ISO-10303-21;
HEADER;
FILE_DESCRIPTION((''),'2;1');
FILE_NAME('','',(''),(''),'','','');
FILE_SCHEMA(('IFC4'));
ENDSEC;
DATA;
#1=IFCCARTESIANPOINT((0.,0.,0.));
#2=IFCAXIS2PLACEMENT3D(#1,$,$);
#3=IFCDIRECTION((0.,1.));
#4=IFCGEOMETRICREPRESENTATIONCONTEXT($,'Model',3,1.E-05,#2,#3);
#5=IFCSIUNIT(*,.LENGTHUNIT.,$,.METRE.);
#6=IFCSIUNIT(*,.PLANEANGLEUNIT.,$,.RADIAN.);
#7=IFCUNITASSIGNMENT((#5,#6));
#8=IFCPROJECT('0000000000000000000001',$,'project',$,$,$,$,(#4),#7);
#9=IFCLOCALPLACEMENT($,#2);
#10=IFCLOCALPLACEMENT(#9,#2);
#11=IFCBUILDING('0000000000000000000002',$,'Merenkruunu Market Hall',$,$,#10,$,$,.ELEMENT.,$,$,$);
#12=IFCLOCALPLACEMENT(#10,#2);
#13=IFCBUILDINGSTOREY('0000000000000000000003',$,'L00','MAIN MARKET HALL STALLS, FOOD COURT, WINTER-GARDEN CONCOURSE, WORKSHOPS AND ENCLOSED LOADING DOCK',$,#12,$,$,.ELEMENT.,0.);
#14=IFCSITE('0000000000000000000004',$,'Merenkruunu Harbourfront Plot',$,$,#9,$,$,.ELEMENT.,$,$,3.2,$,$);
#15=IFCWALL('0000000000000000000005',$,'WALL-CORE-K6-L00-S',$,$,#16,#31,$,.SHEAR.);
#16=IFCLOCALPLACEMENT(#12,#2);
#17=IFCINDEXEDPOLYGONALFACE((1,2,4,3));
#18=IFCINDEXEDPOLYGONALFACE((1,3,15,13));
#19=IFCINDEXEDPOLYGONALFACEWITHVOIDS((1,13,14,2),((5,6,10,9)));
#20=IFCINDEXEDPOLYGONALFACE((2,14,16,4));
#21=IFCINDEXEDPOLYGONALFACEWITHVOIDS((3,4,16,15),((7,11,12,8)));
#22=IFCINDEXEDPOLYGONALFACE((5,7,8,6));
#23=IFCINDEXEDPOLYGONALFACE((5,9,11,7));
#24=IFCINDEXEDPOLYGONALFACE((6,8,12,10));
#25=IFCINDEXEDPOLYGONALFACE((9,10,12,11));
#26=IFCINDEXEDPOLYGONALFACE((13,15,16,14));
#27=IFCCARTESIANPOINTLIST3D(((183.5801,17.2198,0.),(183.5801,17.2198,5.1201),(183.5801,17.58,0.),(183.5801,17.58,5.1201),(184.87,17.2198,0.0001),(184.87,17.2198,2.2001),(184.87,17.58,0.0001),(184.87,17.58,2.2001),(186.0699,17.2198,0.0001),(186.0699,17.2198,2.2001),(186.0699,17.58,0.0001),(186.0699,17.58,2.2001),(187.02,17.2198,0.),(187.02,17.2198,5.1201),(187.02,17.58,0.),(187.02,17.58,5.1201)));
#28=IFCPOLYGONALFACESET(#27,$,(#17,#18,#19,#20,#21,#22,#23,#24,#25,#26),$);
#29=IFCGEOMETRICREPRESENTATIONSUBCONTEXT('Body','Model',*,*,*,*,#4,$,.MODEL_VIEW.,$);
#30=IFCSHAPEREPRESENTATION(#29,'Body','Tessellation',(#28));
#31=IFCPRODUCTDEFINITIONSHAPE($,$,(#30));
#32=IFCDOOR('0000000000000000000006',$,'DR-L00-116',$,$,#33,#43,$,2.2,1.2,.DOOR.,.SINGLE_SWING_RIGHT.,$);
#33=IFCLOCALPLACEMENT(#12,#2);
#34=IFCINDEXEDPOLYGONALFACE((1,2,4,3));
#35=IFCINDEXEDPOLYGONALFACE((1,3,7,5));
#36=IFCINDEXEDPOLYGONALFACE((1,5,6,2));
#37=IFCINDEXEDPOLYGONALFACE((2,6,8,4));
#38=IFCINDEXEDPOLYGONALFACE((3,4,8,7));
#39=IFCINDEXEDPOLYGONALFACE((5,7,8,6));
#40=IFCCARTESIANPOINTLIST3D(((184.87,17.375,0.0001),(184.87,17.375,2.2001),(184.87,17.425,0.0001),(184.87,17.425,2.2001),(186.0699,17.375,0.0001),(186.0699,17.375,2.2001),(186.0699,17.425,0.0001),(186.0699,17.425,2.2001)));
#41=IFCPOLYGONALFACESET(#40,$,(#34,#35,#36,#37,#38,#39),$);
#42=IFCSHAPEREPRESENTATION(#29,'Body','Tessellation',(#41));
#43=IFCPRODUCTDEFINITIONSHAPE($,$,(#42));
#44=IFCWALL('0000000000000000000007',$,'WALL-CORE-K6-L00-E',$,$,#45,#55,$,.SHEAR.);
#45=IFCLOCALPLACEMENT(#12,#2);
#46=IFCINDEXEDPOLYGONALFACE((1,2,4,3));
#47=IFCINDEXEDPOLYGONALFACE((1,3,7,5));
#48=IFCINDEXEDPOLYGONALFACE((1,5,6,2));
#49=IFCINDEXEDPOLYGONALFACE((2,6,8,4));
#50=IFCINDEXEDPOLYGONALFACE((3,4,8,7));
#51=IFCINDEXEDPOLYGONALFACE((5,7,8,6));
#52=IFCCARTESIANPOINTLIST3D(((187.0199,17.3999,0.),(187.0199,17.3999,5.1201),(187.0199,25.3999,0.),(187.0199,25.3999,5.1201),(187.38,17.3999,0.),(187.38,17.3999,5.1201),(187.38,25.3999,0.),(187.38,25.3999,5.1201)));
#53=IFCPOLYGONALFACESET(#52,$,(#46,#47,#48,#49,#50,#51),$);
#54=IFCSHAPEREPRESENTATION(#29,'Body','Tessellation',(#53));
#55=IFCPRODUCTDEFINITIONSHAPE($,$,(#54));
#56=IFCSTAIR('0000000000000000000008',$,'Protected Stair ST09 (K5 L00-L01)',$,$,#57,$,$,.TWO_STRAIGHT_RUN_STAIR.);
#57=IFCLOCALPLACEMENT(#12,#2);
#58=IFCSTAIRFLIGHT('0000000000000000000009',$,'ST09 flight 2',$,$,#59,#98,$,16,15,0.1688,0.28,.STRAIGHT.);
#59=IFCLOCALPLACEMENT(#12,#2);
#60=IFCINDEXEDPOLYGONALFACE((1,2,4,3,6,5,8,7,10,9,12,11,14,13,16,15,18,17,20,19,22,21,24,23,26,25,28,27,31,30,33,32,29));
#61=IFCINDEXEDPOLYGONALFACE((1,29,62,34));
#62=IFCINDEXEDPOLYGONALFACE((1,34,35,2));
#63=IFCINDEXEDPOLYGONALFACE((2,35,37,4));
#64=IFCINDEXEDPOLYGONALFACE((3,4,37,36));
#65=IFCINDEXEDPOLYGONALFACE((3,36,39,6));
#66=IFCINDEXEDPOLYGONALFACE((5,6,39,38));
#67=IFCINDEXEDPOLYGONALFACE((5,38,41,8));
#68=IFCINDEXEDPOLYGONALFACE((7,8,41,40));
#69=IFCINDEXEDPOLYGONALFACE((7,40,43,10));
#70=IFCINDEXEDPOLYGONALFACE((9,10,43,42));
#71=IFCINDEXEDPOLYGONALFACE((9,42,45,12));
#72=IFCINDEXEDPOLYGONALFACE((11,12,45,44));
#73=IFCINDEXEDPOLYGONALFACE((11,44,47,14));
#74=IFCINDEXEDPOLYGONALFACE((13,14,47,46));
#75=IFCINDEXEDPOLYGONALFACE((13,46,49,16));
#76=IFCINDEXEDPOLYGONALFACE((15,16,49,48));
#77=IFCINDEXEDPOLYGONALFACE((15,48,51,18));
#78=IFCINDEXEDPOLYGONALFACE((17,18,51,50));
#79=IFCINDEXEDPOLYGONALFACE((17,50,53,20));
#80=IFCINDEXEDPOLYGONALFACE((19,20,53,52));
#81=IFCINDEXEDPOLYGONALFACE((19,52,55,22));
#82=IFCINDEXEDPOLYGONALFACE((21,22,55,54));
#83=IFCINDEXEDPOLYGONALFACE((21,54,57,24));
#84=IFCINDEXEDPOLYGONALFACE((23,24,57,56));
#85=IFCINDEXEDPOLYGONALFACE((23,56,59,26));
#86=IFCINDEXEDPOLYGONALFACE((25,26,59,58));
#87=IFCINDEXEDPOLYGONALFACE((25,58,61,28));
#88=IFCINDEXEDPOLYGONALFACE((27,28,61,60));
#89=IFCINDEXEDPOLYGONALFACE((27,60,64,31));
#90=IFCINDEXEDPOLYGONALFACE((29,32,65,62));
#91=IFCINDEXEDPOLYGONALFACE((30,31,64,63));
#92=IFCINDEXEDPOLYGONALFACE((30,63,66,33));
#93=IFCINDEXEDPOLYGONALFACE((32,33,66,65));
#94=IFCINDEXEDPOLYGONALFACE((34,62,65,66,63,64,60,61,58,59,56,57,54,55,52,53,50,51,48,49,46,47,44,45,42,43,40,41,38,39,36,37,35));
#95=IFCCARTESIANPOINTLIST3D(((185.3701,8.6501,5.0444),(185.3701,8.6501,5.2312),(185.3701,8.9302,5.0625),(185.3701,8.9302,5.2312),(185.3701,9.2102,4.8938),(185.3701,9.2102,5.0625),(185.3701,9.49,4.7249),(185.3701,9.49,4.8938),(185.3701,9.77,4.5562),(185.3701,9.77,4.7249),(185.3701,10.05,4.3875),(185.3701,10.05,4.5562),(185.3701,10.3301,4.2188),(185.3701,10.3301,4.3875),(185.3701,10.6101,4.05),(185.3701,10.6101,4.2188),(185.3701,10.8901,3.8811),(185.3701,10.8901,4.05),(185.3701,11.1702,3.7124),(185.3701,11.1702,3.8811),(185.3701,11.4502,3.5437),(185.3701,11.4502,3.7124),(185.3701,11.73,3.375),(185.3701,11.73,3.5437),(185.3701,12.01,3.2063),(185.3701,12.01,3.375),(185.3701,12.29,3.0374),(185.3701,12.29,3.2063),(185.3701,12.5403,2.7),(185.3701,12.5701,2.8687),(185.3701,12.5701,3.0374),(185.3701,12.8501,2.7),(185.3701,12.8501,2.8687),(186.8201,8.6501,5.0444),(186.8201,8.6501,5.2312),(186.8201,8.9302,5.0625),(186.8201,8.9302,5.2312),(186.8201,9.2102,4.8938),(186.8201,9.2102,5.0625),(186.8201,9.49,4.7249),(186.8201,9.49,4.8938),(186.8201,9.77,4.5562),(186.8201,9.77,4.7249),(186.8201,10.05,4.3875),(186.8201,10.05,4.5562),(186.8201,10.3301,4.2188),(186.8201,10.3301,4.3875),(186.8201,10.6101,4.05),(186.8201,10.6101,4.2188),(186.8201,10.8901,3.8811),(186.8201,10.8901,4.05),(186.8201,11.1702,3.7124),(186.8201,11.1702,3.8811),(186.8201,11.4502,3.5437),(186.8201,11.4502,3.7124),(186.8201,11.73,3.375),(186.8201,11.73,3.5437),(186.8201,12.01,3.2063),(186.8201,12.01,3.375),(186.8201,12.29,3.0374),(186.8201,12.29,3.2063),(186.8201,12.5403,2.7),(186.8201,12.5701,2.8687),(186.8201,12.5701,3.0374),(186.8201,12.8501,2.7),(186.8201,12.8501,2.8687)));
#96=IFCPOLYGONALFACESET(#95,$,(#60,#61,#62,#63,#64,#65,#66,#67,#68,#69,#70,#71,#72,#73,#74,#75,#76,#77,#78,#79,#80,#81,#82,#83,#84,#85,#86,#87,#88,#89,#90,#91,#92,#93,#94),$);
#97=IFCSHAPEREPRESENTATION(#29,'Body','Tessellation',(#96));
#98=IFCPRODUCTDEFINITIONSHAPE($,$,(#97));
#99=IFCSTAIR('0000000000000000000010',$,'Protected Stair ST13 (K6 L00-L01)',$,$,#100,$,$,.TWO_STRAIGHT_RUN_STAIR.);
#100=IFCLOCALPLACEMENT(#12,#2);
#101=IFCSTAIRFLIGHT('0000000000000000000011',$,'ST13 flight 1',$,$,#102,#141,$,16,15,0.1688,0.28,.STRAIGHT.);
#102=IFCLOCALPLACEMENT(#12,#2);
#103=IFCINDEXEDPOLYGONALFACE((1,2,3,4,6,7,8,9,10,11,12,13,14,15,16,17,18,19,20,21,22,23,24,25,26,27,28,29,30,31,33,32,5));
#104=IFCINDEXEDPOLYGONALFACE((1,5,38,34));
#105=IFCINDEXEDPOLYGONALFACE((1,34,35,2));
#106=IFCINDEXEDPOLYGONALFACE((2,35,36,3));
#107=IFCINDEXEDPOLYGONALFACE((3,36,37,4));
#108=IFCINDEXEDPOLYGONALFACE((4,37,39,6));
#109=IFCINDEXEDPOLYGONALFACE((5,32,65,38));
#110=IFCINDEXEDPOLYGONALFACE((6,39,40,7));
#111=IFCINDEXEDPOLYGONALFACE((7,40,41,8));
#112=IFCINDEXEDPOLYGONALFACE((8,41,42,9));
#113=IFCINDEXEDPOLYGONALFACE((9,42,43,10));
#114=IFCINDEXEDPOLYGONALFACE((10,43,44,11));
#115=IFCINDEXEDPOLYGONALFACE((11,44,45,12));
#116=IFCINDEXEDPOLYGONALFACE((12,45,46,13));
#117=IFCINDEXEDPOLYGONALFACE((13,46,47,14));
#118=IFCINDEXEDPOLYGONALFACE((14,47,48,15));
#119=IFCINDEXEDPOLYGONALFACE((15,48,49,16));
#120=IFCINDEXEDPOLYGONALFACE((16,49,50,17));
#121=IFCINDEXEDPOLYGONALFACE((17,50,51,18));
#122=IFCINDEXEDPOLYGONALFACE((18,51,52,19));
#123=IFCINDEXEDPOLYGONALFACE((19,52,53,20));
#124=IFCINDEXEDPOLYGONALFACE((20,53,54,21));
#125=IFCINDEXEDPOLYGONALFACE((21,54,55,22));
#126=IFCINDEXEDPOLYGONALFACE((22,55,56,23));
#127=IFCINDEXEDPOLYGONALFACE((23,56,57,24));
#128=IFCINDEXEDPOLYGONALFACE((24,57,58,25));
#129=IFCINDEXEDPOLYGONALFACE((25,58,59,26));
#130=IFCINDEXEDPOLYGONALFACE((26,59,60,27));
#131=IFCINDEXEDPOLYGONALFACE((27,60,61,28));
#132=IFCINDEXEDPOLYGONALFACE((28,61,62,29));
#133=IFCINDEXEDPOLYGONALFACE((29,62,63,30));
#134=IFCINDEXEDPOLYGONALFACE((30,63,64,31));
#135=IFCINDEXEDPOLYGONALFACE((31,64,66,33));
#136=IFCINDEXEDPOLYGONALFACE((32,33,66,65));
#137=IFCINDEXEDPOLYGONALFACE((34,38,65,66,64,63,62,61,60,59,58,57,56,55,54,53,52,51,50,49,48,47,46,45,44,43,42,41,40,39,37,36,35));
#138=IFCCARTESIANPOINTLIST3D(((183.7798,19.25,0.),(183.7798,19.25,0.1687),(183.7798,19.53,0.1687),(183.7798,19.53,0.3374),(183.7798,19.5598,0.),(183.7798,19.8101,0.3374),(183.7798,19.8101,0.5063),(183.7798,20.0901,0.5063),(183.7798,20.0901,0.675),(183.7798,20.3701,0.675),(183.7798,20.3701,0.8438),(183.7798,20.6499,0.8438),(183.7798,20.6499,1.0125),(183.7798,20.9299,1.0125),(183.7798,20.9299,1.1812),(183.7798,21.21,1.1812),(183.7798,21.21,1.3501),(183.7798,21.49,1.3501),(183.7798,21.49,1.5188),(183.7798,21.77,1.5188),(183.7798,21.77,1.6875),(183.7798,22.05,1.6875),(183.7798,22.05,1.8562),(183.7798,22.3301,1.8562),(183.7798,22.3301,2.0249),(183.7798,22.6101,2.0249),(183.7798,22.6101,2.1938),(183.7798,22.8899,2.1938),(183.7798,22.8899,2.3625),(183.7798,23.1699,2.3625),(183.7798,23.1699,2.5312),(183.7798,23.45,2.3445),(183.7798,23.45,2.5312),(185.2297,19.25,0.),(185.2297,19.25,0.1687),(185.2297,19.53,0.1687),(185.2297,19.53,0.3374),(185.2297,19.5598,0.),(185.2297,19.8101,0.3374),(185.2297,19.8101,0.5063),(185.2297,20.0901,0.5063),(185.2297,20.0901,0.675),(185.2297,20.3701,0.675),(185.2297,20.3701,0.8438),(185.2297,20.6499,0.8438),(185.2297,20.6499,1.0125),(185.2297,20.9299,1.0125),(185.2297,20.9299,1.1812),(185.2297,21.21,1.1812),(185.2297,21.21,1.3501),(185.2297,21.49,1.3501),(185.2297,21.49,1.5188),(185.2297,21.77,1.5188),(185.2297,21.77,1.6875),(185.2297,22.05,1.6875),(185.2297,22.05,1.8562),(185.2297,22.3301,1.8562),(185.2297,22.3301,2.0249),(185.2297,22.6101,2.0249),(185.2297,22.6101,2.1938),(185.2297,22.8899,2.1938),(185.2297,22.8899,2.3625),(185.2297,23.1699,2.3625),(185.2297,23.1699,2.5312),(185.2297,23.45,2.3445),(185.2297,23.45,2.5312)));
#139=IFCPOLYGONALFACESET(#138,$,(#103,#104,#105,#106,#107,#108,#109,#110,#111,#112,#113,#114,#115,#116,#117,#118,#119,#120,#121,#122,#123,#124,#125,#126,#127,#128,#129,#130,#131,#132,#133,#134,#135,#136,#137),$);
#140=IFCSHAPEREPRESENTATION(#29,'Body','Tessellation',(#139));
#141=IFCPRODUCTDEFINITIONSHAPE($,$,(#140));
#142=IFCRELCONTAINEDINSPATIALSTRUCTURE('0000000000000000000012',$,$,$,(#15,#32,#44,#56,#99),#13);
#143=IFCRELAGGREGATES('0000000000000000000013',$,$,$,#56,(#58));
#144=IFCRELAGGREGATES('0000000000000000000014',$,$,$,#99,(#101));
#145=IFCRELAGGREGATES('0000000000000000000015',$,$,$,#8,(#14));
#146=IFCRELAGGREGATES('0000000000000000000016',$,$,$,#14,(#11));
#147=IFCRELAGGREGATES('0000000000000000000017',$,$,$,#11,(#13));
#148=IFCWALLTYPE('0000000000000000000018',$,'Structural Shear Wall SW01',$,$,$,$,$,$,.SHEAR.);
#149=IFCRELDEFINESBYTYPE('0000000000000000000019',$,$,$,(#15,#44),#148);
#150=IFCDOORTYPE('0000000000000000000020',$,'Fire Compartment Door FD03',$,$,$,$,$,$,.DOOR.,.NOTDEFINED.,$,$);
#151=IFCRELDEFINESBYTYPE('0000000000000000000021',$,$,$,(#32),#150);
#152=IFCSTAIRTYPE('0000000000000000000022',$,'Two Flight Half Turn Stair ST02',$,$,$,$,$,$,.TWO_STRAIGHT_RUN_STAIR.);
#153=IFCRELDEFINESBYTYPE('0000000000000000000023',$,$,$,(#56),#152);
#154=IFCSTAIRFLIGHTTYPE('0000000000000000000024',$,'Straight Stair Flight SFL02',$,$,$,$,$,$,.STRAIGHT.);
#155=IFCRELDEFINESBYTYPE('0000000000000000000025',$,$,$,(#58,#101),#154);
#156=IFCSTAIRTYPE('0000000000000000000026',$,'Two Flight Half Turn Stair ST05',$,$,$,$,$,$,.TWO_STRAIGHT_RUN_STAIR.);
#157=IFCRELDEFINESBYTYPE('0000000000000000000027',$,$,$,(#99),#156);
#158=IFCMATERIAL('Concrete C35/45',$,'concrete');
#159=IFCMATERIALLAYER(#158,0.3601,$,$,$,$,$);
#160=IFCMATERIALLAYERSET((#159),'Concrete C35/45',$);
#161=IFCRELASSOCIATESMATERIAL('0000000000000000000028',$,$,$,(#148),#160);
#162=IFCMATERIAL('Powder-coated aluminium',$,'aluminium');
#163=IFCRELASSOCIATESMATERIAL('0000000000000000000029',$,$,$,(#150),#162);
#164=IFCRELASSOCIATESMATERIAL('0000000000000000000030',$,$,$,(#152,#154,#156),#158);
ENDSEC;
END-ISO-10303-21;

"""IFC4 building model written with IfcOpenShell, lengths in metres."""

from ifc_helpers import new_model, si_unit, direction, frame, frame_2d, origin, place, context, subcontext, project, spatial, polyline, rectangle, outline, extrude, material, layer, layer_set, type_object, element, fill, aggregate, save


model = new_model("IFC4")

# Units and contexts
model_context = context("Model", 3, precision=1e-05, world=origin(), true_north=direction((0.0, 1.0)))
body_context = subcontext(model_context, "Body", "Model", "MODEL_VIEW")
ifc_project = project(units=[si_unit("LENGTHUNIT", "METRE"), si_unit("PLANEANGLEUNIT", "RADIAN")], contexts=[model_context])

# Site, building, storey
site_placement = place(None, origin())
site = spatial("IfcSite", under=ifc_project, at=site_placement, Name="Merenkruunu Harbourfront Plot", CompositionType="ELEMENT", RefElevation=3.2)
building_placement = place(site_placement, origin())
building = spatial("IfcBuilding", under=site, at=building_placement, Name="Merenkruunu Market Hall", CompositionType="ELEMENT")
storey_placement = place(building_placement, origin())
storey = spatial("IfcBuildingStorey", under=building, at=storey_placement, Name="L00", Description="MAIN MARKET HALL STALLS, FOOD COURT, WINTER-GARDEN CONCOURSE, WORKSHOPS AND ENCLOSED LOADING DOCK", CompositionType="ELEMENT", Elevation=0.0)

# Shared definitions
ifc_material_1 = material(Name="Powder-coated aluminium", Category="aluminium")

# Shared definitions
ifc_material_2 = material(Name="Concrete C35/45", Category="concrete")
ifc_layer_1 = layer(ifc_material_2, 0.3601)
ifc_layer_set_1 = layer_set([ifc_layer_1], Name="Concrete C35/45")
wall_type_1 = type_object("IfcWallType", Name="Structural Shear Wall SW01", PredefinedType="SHEAR", material=ifc_layer_set_1)

# Wall, opening, door
wall_1_placement = place(storey_placement, frame((187.02, 17.3999, 0.0), z_axis=(0.0, 0.0, 1.0), x_axis=(-1.0, 0.0, 0.0)))
wall_1 = element("IfcWall", 1, at=wall_1_placement, inside=storey, type_object=wall_type_1, Name="WALL-CORE-K6-L00-S", PredefinedType="SHEAR", context=body_context, shape_type="SweptSolid", body=[
    extrude(rectangle(XDim=3.4399, YDim=0.3601, at=frame_2d((1.72, 0.0))), origin(), (0.0, 0.0, 1.0), 5.1201),
])
opening_1_placement = place(wall_1_placement, frame((0.95, 0.0, 0.0)))
opening_1 = element("IfcOpeningElement", 2, at=opening_1_placement, cuts=wall_1, PredefinedType="OPENING", context=body_context, shape_type="SweptSolid", body=[
    extrude(rectangle(XDim=1.2, YDim=2.2, at=frame_2d((0.6001, 1.1001))), frame((0.0, 0.1899, 0.0), z_axis=(0.0, -1.0, 0.0), x_axis=(1.0, 0.0, 0.0)), (0.0, 0.0, 1.0), 0.3801),
])
door_type_1 = type_object("IfcDoorType", Name="Fire Compartment Door FD03", OperationType="NOTDEFINED", PredefinedType="DOOR", material=ifc_material_1)
door_1_placement = place(opening_1_placement, origin())
door_1 = element("IfcDoor", 3, at=door_1_placement, inside=storey, type_object=door_type_1, Name="DR-L00-116", OperationType="SINGLE_SWING_RIGHT", OverallHeight=2.2, OverallWidth=1.2, PredefinedType="DOOR", context=body_context, shape_type="SweptSolid", body=[
    extrude(rectangle(XDim=1.2, YDim=2.2, at=frame_2d((0.6001, 1.1001))), frame((0.0, 0.0249, 0.0), z_axis=(0.0, -1.0, 0.0), x_axis=(1.0, 0.0, 0.0)), (0.0, 0.0, 1.0), 0.05),
])
fill(opening_1, door_1)

# Wall
wall_2_placement = place(storey_placement, frame((187.2, 17.3999, 0.0), z_axis=(0.0, 0.0, 1.0), x_axis=(0.0, 1.0, 0.0)))
element("IfcWall", 4, at=wall_2_placement, inside=storey, type_object=wall_type_1, Name="WALL-CORE-K6-L00-E", PredefinedType="SHEAR", context=body_context, shape_type="SweptSolid", body=[
    extrude(rectangle(XDim=8.0, YDim=0.3601, at=frame_2d((4.0, 0.0))), origin(), (0.0, 0.0, 1.0), 5.1201),
])

# Stairs, stair flights
stair_type_1 = type_object("IfcStairType", Name="Two Flight Half Turn Stair ST02", PredefinedType="TWO_STRAIGHT_RUN_STAIR", material=ifc_material_2)
stair_1_placement = place(storey_placement, origin())
stair_1 = element("IfcStair", 5, at=stair_1_placement, inside=storey, type_object=stair_type_1, Name="Protected Stair ST09 (K5 L00-L01)", PredefinedType="TWO_STRAIGHT_RUN_STAIR")
stair_flight_type = type_object("IfcStairFlightType", Name="Straight Stair Flight SFL02", PredefinedType="STRAIGHT", material=ifc_material_2)
stair_flight_1_placement = place(storey_placement, frame((186.095, 12.8501, 2.7), z_axis=(0.0, 0.0, 1.0), x_axis=(0.0, -1.0, 0.0)))
stair_flight_1 = element("IfcStairFlight", 6, at=stair_flight_1_placement, type_object=stair_flight_type, Name="ST09 flight 2", NumberOfRisers=16, NumberOfTreads=15, PredefinedType="STRAIGHT", RiserHeight=0.1688, TreadLength=0.28, context=body_context, shape_type="SweptSolid", body=[
    extrude(outline(polyline([(0.0, 0.0), (0.0, 0.1687), (0.28, 0.1687), (0.28, 0.3374), (0.5601, 0.3374), (0.5601, 0.5063), (0.8401, 0.5063), (0.8401, 0.675), (1.1201, 0.675), (1.1201, 0.8438), (1.3999, 0.8438), (1.3999, 1.0125), (1.6799, 1.0125), (1.6799, 1.1812), (1.96, 1.1812), (1.96, 1.3501), (2.24, 1.3501), (2.24, 1.5188), (2.52, 1.5188), (2.52, 1.6875), (2.8, 1.6875), (2.8, 1.8562), (3.0801, 1.8562), (3.0801, 2.0249), (3.3601, 2.0249), (3.3601, 2.1938), (3.6399, 2.1938), (3.6399, 2.3625), (3.9199, 2.3625), (3.9199, 2.5312), (4.2, 2.5312), (4.2, 2.7), (4.2, 2.3445), (0.3098, 0.0), (0.0, 0.0)])), frame((0.0, 0.7251, 0.0), z_axis=(0.0, -1.0, 0.0), x_axis=(1.0, 0.0, 0.0)), (0.0, 0.0, 1.0), 1.45),
])
aggregate(stair_1, [stair_flight_1])
stair_type_2 = type_object("IfcStairType", Name="Two Flight Half Turn Stair ST05", PredefinedType="TWO_STRAIGHT_RUN_STAIR", material=ifc_material_2)
stair_2_placement = place(storey_placement, origin())
stair_2 = element("IfcStair", 7, at=stair_2_placement, inside=storey, type_object=stair_type_2, Name="Protected Stair ST13 (K6 L00-L01)", PredefinedType="TWO_STRAIGHT_RUN_STAIR")
stair_flight_2_placement = place(storey_placement, frame((184.5049, 19.25, 0.0), z_axis=(0.0, 0.0, 1.0), x_axis=(0.0, 1.0, 0.0)))
stair_flight_2 = element("IfcStairFlight", 8, at=stair_flight_2_placement, type_object=stair_flight_type, Name="ST13 flight 1", NumberOfRisers=16, NumberOfTreads=15, PredefinedType="STRAIGHT", RiserHeight=0.1688, TreadLength=0.28, context=body_context, shape_type="SweptSolid", body=[
    extrude(outline(polyline([(0.0, 0.0), (0.0, 0.1687), (0.28, 0.1687), (0.28, 0.3374), (0.5601, 0.3374), (0.5601, 0.5063), (0.8401, 0.5063), (0.8401, 0.675), (1.1201, 0.675), (1.1201, 0.8438), (1.3999, 0.8438), (1.3999, 1.0125), (1.6799, 1.0125), (1.6799, 1.1812), (1.96, 1.1812), (1.96, 1.3501), (2.24, 1.3501), (2.24, 1.5188), (2.52, 1.5188), (2.52, 1.6875), (2.8, 1.6875), (2.8, 1.8562), (3.0801, 1.8562), (3.0801, 2.0249), (3.3601, 2.0249), (3.3601, 2.1938), (3.6399, 2.1938), (3.6399, 2.3625), (3.9199, 2.3625), (3.9199, 2.5312), (4.2, 2.5312), (4.2, 2.7), (4.2, 2.3445), (0.3098, 0.0), (0.0, 0.0)])), frame((0.0, 0.7251, 0.0), z_axis=(0.0, -1.0, 0.0), x_axis=(1.0, 0.0, 0.0)), (0.0, 0.0, 1.0), 1.45),
])
aggregate(stair_2, [stair_flight_2])

save(model, "model.ifc")
